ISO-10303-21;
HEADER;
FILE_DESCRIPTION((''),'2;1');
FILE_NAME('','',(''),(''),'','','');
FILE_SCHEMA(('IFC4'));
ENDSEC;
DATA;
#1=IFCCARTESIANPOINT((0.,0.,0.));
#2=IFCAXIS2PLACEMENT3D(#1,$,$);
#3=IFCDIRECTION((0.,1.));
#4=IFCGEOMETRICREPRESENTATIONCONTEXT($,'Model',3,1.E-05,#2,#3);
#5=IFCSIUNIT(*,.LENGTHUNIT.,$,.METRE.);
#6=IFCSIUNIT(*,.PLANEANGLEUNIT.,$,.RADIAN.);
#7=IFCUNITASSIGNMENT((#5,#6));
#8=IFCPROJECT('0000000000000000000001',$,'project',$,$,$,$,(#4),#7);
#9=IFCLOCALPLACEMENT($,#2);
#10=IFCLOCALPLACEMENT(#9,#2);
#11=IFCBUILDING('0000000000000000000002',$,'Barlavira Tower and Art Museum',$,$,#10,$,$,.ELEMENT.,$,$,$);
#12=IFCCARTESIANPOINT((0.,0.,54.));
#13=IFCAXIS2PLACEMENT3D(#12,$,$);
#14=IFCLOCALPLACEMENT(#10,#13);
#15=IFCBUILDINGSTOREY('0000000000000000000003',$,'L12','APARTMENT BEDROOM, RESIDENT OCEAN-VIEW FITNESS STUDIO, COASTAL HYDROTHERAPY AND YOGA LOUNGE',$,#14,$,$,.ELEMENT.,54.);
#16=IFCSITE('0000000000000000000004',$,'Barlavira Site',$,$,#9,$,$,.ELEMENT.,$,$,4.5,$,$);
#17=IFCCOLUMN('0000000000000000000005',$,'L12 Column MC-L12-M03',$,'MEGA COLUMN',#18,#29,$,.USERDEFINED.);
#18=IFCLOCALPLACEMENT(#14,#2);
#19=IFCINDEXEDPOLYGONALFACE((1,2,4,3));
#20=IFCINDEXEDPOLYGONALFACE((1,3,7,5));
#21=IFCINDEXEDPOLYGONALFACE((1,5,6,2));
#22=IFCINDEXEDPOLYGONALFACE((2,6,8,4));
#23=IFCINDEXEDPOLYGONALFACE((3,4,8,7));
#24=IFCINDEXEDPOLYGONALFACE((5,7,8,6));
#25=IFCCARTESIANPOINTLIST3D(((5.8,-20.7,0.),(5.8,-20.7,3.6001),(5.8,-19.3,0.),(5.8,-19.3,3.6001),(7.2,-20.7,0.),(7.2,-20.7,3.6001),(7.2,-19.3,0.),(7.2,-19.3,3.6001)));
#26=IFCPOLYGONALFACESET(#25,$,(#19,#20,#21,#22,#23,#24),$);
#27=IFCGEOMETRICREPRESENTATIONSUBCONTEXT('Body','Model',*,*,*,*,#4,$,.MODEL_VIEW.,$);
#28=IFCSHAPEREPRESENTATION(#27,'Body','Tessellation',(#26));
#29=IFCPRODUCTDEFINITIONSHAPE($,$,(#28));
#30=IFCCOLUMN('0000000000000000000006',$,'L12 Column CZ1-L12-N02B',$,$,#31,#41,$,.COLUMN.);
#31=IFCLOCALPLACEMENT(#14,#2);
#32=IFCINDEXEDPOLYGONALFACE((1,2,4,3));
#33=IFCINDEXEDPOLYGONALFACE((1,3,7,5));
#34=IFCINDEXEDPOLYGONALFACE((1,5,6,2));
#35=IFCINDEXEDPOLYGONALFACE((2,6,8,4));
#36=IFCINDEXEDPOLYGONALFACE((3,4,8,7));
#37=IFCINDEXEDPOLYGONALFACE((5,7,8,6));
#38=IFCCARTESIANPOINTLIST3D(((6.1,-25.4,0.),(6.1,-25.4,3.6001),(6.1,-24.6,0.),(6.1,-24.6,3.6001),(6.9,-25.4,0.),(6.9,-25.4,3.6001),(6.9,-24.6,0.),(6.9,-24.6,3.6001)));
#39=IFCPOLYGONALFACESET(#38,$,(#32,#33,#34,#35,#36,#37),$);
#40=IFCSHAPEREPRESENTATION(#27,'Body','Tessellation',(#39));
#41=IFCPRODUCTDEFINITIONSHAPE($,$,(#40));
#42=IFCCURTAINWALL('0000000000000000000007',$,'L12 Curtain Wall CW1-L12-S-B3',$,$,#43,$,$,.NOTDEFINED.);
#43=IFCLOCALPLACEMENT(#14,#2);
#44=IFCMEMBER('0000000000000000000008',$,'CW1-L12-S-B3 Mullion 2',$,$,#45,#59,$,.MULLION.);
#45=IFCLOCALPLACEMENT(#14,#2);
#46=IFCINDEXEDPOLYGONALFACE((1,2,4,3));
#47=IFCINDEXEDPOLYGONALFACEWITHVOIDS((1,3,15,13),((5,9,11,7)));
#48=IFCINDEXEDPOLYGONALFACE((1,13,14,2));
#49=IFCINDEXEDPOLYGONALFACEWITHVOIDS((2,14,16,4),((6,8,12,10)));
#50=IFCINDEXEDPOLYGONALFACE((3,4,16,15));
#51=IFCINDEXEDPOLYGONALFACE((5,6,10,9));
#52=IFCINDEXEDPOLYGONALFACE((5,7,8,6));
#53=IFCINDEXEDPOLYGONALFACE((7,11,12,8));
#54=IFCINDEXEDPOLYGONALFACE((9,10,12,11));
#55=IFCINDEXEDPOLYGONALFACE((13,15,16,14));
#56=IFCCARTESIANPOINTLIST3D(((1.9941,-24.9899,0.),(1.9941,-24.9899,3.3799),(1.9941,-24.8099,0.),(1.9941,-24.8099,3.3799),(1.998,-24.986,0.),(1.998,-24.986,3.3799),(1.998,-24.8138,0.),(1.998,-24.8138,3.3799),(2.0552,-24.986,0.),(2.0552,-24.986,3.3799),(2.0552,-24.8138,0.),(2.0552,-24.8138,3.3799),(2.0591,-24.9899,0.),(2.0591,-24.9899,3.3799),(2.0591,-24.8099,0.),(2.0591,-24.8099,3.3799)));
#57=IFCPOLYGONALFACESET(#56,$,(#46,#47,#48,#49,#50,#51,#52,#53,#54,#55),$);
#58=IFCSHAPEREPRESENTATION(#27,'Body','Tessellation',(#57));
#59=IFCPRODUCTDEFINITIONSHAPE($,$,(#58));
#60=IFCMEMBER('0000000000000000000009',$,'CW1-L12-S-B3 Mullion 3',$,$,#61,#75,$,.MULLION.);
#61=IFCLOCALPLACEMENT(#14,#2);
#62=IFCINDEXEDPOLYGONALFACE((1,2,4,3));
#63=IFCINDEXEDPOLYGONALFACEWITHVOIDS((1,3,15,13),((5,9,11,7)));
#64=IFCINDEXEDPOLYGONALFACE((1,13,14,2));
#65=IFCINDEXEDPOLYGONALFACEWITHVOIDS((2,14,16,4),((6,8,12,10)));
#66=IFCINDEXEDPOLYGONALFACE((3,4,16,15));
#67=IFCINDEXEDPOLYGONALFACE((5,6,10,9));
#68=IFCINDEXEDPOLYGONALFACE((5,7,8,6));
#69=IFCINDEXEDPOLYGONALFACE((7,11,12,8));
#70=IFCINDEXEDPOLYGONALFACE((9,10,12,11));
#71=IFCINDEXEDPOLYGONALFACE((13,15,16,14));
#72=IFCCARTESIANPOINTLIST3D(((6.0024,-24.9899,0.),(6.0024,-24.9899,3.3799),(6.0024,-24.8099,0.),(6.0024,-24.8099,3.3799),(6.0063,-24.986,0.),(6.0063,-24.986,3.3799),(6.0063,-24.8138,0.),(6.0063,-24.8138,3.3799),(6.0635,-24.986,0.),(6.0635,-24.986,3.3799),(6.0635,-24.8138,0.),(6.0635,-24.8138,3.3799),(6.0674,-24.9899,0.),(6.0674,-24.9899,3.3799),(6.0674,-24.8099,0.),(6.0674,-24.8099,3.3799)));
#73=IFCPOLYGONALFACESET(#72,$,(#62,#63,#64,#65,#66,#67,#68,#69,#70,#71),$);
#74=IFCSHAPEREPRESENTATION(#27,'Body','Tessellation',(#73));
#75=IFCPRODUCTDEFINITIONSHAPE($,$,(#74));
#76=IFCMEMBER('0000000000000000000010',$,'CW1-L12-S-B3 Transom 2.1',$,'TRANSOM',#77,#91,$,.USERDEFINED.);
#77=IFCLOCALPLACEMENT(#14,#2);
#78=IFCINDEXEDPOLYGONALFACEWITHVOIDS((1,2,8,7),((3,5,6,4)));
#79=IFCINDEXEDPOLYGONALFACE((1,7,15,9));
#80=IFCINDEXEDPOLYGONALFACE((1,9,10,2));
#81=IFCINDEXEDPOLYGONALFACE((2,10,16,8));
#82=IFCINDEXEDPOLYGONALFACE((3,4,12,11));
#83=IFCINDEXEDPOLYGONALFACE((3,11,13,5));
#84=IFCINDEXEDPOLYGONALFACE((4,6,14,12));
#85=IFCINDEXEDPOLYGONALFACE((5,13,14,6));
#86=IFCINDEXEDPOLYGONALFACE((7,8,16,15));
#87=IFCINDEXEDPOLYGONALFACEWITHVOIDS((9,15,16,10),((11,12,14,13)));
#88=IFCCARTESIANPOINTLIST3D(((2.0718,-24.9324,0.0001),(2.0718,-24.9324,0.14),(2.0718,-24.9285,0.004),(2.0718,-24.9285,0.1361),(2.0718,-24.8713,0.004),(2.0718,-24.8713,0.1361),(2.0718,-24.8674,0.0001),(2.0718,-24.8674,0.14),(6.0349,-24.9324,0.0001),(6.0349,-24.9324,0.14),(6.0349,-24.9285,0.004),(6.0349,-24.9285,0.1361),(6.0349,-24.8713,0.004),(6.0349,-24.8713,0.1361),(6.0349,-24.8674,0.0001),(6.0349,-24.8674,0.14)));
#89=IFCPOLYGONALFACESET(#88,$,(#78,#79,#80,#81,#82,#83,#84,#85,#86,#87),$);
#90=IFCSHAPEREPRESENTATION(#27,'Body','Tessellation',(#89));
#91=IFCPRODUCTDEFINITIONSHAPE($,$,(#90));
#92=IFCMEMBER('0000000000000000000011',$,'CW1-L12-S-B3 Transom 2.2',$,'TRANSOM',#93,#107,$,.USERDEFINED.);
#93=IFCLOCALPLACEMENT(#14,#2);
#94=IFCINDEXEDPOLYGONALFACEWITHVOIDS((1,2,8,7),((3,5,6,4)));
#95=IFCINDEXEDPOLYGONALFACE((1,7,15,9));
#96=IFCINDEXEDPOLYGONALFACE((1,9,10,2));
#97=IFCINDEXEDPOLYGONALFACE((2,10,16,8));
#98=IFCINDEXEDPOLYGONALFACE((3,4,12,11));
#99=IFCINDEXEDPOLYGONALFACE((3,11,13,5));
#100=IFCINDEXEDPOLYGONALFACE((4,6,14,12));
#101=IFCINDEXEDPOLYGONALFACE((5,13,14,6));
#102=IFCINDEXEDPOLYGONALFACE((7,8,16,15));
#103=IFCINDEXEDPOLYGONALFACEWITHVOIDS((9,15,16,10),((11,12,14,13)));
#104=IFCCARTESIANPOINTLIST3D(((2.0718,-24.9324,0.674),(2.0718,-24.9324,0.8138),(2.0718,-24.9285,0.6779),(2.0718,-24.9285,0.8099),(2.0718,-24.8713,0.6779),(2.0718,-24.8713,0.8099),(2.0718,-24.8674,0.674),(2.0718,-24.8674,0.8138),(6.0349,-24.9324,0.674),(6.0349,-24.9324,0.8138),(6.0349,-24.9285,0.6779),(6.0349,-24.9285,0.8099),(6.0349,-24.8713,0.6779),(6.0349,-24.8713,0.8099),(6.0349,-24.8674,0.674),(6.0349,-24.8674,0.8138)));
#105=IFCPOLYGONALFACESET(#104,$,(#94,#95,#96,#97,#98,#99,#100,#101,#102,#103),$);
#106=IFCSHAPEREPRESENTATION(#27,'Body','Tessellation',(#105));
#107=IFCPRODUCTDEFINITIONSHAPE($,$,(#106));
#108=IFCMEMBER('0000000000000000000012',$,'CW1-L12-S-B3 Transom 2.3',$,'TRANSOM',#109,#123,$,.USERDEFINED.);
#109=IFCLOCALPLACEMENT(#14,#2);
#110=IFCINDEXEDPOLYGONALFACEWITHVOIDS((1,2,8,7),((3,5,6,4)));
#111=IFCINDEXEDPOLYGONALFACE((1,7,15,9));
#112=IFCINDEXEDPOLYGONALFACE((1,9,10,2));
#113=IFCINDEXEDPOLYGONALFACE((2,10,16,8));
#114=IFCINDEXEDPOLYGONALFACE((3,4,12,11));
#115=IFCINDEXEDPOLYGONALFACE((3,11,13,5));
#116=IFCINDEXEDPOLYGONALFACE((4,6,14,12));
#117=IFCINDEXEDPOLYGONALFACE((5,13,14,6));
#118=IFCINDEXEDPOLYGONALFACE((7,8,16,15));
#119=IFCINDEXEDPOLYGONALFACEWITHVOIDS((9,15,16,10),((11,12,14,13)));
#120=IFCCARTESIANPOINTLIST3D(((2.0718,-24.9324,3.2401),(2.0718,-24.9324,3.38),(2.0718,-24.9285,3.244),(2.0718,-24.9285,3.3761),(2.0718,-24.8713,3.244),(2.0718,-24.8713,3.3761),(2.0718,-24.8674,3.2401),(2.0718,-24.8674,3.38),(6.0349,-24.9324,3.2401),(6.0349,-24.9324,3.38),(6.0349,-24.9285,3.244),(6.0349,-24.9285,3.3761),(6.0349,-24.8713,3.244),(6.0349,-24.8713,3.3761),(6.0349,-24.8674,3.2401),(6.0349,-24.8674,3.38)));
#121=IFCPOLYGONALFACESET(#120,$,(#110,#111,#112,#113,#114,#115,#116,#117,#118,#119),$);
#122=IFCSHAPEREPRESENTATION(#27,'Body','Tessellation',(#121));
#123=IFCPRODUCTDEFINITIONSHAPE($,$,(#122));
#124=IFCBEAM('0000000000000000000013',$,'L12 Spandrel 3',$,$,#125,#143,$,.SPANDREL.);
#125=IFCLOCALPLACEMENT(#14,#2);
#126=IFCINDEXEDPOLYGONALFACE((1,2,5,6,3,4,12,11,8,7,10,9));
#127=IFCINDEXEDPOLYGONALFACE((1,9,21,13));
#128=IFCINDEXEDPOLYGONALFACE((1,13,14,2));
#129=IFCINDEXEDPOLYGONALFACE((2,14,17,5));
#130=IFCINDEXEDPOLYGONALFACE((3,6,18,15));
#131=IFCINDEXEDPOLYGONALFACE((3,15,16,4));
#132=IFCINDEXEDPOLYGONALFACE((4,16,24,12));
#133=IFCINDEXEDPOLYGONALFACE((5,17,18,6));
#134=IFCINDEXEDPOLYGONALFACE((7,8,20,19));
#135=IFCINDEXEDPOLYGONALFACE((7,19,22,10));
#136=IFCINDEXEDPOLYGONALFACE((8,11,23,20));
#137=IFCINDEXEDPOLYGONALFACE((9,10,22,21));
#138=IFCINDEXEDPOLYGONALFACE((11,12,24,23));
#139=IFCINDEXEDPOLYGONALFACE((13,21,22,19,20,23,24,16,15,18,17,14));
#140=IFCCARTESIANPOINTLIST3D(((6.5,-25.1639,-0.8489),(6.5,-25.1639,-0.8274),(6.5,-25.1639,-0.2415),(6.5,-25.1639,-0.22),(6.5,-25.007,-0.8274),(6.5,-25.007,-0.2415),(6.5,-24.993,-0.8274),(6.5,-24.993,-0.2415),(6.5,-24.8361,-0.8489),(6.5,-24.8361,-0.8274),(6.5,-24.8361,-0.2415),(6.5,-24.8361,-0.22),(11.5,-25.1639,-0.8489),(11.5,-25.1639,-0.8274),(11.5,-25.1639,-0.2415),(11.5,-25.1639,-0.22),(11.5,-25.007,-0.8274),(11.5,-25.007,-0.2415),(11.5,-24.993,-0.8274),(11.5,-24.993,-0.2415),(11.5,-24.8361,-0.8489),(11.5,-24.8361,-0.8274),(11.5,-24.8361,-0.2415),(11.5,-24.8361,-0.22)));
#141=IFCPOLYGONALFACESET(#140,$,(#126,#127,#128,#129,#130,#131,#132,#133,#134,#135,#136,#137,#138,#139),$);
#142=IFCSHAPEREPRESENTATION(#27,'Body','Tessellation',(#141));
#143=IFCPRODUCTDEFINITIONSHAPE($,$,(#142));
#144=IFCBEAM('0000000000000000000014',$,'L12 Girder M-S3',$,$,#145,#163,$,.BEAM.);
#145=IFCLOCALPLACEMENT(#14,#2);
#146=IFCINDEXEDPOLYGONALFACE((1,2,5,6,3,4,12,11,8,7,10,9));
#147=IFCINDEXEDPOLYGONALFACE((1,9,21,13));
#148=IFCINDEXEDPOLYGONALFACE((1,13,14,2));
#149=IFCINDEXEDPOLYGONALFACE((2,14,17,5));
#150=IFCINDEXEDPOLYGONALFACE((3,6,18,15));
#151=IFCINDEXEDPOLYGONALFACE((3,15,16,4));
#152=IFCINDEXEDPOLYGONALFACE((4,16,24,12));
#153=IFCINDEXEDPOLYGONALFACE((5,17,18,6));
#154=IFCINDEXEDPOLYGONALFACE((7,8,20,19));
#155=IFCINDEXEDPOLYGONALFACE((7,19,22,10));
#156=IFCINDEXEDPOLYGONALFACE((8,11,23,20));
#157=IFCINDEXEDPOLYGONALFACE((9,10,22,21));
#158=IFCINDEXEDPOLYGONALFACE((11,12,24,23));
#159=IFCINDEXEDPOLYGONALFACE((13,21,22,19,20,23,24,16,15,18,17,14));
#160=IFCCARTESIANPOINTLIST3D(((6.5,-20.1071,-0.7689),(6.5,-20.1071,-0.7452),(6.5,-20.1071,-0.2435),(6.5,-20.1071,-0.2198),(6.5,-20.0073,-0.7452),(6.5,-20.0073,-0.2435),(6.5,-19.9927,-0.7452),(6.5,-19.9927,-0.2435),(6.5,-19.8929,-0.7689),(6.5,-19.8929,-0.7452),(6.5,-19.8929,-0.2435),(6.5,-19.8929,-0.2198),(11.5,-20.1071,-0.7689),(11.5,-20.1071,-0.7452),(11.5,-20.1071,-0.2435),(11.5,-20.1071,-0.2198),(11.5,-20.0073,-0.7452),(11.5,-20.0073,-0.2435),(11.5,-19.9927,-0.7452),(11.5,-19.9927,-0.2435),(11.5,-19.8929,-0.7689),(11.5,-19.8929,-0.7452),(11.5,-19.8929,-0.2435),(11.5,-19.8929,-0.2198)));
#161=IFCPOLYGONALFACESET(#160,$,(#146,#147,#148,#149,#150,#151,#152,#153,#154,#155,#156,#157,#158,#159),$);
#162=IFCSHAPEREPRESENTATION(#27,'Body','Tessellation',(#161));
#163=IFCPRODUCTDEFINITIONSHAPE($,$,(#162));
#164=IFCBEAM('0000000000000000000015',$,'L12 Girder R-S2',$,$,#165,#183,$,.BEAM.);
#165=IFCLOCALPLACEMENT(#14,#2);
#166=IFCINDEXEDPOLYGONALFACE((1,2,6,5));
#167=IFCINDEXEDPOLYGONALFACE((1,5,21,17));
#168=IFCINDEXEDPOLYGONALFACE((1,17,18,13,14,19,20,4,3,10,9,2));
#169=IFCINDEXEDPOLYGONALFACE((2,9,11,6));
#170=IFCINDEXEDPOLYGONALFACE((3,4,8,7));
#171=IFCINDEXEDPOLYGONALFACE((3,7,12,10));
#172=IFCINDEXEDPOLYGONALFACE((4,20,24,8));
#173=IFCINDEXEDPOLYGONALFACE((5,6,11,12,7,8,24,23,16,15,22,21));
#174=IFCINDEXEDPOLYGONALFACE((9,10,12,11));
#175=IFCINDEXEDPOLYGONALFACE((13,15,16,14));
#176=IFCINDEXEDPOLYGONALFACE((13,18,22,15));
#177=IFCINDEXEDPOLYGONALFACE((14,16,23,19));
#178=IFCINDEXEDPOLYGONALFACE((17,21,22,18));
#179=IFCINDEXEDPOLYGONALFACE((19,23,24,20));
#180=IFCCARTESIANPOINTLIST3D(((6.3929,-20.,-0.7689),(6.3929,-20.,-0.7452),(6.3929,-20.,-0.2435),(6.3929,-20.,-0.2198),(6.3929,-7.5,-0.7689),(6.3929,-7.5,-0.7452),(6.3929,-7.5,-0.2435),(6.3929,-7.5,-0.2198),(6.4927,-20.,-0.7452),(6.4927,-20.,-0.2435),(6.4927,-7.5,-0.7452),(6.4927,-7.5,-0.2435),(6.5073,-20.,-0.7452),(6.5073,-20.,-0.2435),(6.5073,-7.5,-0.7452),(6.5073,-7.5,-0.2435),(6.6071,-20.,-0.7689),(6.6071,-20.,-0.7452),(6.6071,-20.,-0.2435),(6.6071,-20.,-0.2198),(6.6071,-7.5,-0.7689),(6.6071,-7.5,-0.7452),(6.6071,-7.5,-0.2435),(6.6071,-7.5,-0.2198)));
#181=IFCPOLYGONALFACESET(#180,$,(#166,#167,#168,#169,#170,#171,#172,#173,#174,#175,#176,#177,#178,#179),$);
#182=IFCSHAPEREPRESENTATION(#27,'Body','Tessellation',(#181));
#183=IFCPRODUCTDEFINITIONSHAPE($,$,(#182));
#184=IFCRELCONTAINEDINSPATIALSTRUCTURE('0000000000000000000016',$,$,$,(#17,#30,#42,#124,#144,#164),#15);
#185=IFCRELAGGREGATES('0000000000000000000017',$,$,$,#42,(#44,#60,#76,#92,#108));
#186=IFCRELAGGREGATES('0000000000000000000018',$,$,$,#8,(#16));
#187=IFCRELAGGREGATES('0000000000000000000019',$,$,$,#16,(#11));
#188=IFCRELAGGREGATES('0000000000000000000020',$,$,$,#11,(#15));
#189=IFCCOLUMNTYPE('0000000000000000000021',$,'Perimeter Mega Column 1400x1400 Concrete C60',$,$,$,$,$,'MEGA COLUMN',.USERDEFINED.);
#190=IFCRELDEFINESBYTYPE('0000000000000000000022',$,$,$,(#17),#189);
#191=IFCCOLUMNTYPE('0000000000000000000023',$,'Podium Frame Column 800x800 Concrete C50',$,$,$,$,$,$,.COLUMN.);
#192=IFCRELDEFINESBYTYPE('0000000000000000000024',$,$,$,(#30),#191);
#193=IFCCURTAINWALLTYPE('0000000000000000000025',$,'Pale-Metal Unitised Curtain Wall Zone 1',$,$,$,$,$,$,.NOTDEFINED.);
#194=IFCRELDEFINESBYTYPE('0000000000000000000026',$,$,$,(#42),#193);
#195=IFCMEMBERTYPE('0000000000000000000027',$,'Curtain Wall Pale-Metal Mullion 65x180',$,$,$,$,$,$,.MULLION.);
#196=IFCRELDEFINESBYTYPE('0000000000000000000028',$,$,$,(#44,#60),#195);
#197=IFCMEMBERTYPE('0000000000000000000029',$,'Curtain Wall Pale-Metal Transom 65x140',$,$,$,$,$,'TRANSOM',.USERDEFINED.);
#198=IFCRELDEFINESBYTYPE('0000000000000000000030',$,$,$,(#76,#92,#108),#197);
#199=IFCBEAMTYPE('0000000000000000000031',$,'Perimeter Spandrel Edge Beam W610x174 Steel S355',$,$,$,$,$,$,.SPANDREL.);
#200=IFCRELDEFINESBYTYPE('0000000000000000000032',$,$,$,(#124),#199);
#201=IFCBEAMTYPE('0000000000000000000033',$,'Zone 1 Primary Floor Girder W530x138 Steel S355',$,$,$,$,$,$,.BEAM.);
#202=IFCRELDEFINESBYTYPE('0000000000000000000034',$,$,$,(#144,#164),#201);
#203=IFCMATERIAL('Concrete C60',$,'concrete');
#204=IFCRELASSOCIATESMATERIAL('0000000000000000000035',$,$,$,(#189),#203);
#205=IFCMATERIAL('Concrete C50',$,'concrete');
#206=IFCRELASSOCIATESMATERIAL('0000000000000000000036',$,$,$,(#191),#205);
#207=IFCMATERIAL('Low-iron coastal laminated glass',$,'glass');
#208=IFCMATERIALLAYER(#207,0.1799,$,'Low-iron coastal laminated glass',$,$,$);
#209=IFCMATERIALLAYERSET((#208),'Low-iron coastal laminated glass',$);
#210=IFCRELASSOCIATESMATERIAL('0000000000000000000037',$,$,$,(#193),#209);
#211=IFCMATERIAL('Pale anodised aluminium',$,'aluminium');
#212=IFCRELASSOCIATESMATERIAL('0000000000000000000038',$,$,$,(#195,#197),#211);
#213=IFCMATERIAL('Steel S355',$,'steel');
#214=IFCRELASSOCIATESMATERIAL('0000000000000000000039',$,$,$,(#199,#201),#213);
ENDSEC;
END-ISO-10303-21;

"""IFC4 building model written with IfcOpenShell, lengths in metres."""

from ifc_helpers import new_model, si_unit, direction, frame, origin, origin_2d, place, context, subcontext, project, spatial, rectangle, hollow_rectangle, i_section, extrude, material, layer, layer_set, material_profile, profile_set, type_object, element, aggregate, save


model = new_model("IFC4")

# Units and contexts
model_context = context("Model", 3, precision=1e-05, world=origin(), true_north=direction((0.0, 1.0)))
body_context = subcontext(model_context, "Body", "Model", "MODEL_VIEW")
ifc_project = project(units=[si_unit("LENGTHUNIT", "METRE"), si_unit("PLANEANGLEUNIT", "RADIAN")], contexts=[model_context])

# Site, building, storey
site_placement = place(None, origin())
site = spatial("IfcSite", under=ifc_project, at=site_placement, Name="Barlavira Site", CompositionType="ELEMENT", RefElevation=4.5)
building_placement = place(site_placement, origin())
building = spatial("IfcBuilding", under=site, at=building_placement, Name="Barlavira Tower and Art Museum", CompositionType="ELEMENT")
storey_placement = place(building_placement, frame((0.0, 0.0, 54.0)))
storey = spatial("IfcBuildingStorey", under=building, at=storey_placement, Name="L12", Description="APARTMENT BEDROOM, RESIDENT OCEAN-VIEW FITNESS STUDIO, COASTAL HYDROTHERAPY AND YOGA LOUNGE", CompositionType="ELEMENT", Elevation=54.0)

# Columns
ifc_material_1 = material(Name="Concrete C60", Category="concrete")
ifc_material_profile_1 = material_profile(ifc_material_1, rectangle(XDim=1.3999, YDim=1.3999, at=origin_2d()), Name="RC-MCOL 1400x1400")
ifc_profile_set_1 = profile_set([ifc_material_profile_1], Name="Concrete C60")
column_type_1 = type_object("IfcColumnType", Name="Perimeter Mega Column 1400x1400 Concrete C60", ElementType="MEGA COLUMN", PredefinedType="USERDEFINED", material=ifc_profile_set_1)
column_1_placement = place(storey_placement, frame((6.5, -20.0, 0.0), z_axis=(0.0, 0.0, 1.0), x_axis=(1.0, 0.0, 0.0)))
element("IfcColumn", 1, at=column_1_placement, inside=storey, type_object=column_type_1, Name="L12 Column MC-L12-M03", ObjectType="MEGA COLUMN", PredefinedType="USERDEFINED", context=body_context, shape_type="SweptSolid", body=[
    extrude(rectangle(XDim=1.3999, YDim=1.3999, at=origin_2d()), origin(), (0.0, 0.0, 1.0), 3.6001),
])
ifc_material_2 = material(Name="Concrete C50", Category="concrete")
ifc_material_profile_2 = material_profile(ifc_material_2, rectangle(XDim=0.8, YDim=0.8, at=origin_2d()), Name="RC-COL 800x800")
ifc_profile_set_2 = profile_set([ifc_material_profile_2], Name="Concrete C50")
column_type_2 = type_object("IfcColumnType", Name="Podium Frame Column 800x800 Concrete C50", PredefinedType="COLUMN", material=ifc_profile_set_2)
column_2_placement = place(storey_placement, frame((6.5, -25.0, 0.0), z_axis=(0.0, 0.0, 1.0), x_axis=(1.0, 0.0, 0.0)))
element("IfcColumn", 2, at=column_2_placement, inside=storey, type_object=column_type_2, Name="L12 Column CZ1-L12-N02B", PredefinedType="COLUMN", context=body_context, shape_type="SweptSolid", body=[
    extrude(rectangle(XDim=0.8, YDim=0.8, at=origin_2d()), origin(), (0.0, 0.0, 1.0), 3.6001),
])

# Curtain wall, members
ifc_material_3 = material(Name="Low-iron coastal laminated glass", Category="glass")
ifc_layer_1 = layer(ifc_material_3, 0.1799, Name="Low-iron coastal laminated glass")
ifc_layer_set_1 = layer_set([ifc_layer_1], Name="Low-iron coastal laminated glass")
curtain_wall_type = type_object("IfcCurtainWallType", Name="Pale-Metal Unitised Curtain Wall Zone 1", PredefinedType="NOTDEFINED", material=ifc_layer_set_1)
curtain_wall_placement = place(storey_placement, origin())
curtain_wall = element("IfcCurtainWall", 3, at=curtain_wall_placement, inside=storey, type_object=curtain_wall_type, Name="L12 Curtain Wall CW1-L12-S-B3", PredefinedType="NOTDEFINED")
ifc_material_4 = material(Name="Pale anodised aluminium", Category="aluminium")
ifc_material_profile_3 = material_profile(ifc_material_4, hollow_rectangle(XDim=0.0649, YDim=0.1799, WallThickness=0.0039, at=origin_2d()), Name="ALU-MULL 65x180x4")
ifc_profile_set_3 = profile_set([ifc_material_profile_3], Name="Pale anodised aluminium")
member_type_1 = type_object("IfcMemberType", Name="Curtain Wall Pale-Metal Mullion 65x180", PredefinedType="MULLION", material=ifc_profile_set_3)
member_1_placement = place(storey_placement, frame((2.0266, -24.8999, 0.0), z_axis=(0.0, 0.0, 1.0), x_axis=(1.0, 0.0, 0.0)))
member_1 = element("IfcMember", 4, at=member_1_placement, type_object=member_type_1, Name="CW1-L12-S-B3 Mullion 2", PredefinedType="MULLION", context=body_context, shape_type="SweptSolid", body=[
    extrude(hollow_rectangle(XDim=0.0649, YDim=0.1799, WallThickness=0.0039, at=origin_2d()), origin(), (0.0, 0.0, 1.0), 3.3799),
])
member_2_placement = place(storey_placement, frame((6.0349, -24.8999, 0.0), z_axis=(0.0, 0.0, 1.0), x_axis=(1.0, 0.0, 0.0)))
member_2 = element("IfcMember", 5, at=member_2_placement, type_object=member_type_1, Name="CW1-L12-S-B3 Mullion 3", PredefinedType="MULLION", context=body_context, shape_type="SweptSolid", body=[
    extrude(hollow_rectangle(XDim=0.0649, YDim=0.1799, WallThickness=0.0039, at=origin_2d()), origin(), (0.0, 0.0, 1.0), 3.3799),
])
ifc_material_profile_4 = material_profile(ifc_material_4, hollow_rectangle(XDim=0.0649, YDim=0.1399, WallThickness=0.0039, at=origin_2d()), Name="ALU-TRAN 65x140x4")
ifc_profile_set_4 = profile_set([ifc_material_profile_4], Name="Pale anodised aluminium")
member_type_2 = type_object("IfcMemberType", Name="Curtain Wall Pale-Metal Transom 65x140", ElementType="TRANSOM", PredefinedType="USERDEFINED", material=ifc_profile_set_4)
member_3_placement = place(storey_placement, frame((2.0718, -24.8999, 0.0701), z_axis=(1.0, 0.0, 0.0), x_axis=(0.0, 1.0, 0.0)))
member_3 = element("IfcMember", 6, at=member_3_placement, type_object=member_type_2, Name="CW1-L12-S-B3 Transom 2.1", ObjectType="TRANSOM", PredefinedType="USERDEFINED", context=body_context, shape_type="SweptSolid", body=[
    extrude(hollow_rectangle(XDim=0.0649, YDim=0.1399, WallThickness=0.0039, at=origin_2d()), origin(), (0.0, 0.0, 1.0), 3.9631),
])
member_4_placement = place(storey_placement, frame((2.0718, -24.8999, 0.7439), z_axis=(1.0, 0.0, 0.0), x_axis=(0.0, 1.0, 0.0)))
member_4 = element("IfcMember", 7, at=member_4_placement, type_object=member_type_2, Name="CW1-L12-S-B3 Transom 2.2", ObjectType="TRANSOM", PredefinedType="USERDEFINED", context=body_context, shape_type="SweptSolid", body=[
    extrude(hollow_rectangle(XDim=0.0649, YDim=0.1399, WallThickness=0.0039, at=origin_2d()), origin(), (0.0, 0.0, 1.0), 3.9631),
])
member_5_placement = place(storey_placement, frame((2.0718, -24.8999, 3.3101), z_axis=(1.0, 0.0, 0.0), x_axis=(0.0, 1.0, 0.0)))
member_5 = element("IfcMember", 8, at=member_5_placement, type_object=member_type_2, Name="CW1-L12-S-B3 Transom 2.3", ObjectType="TRANSOM", PredefinedType="USERDEFINED", context=body_context, shape_type="SweptSolid", body=[
    extrude(hollow_rectangle(XDim=0.0649, YDim=0.1399, WallThickness=0.0039, at=origin_2d()), origin(), (0.0, 0.0, 1.0), 3.9631),
])

# Beams
ifc_material_5 = material(Name="Steel S355", Category="steel")
ifc_material_profile_5 = material_profile(ifc_material_5, i_section(OverallWidth=0.3279, OverallDepth=0.6289, WebThickness=0.0139, FlangeThickness=0.0215, at=origin_2d()), Name="W610x174.0")
ifc_profile_set_5 = profile_set([ifc_material_profile_5], Name="Steel S355")
beam_type_1 = type_object("IfcBeamType", Name="Perimeter Spandrel Edge Beam W610x174 Steel S355", PredefinedType="SPANDREL", material=ifc_profile_set_5)
beam_1_placement = place(storey_placement, frame((6.5, -25.0, -0.5344), z_axis=(1.0, 0.0, 0.0), x_axis=(0.0, 1.0, 0.0)))
element("IfcBeam", 9, at=beam_1_placement, inside=storey, type_object=beam_type_1, Name="L12 Spandrel 3", PredefinedType="SPANDREL", context=body_context, shape_type="SweptSolid", body=[
    extrude(i_section(OverallWidth=0.3279, OverallDepth=0.6289, WebThickness=0.0139, FlangeThickness=0.0215, at=origin_2d()), origin(), (0.0, 0.0, 1.0), 5.0),
])
ifc_material_profile_6 = material_profile(ifc_material_5, i_section(OverallWidth=0.2141, OverallDepth=0.5491, WebThickness=0.0146, FlangeThickness=0.0237, at=origin_2d()), Name="W530x138.0")
ifc_profile_set_6 = profile_set([ifc_material_profile_6], Name="Steel S355")
beam_type_2 = type_object("IfcBeamType", Name="Zone 1 Primary Floor Girder W530x138 Steel S355", PredefinedType="BEAM", material=ifc_profile_set_6)
beam_2_placement = place(storey_placement, frame((6.5, -20.0, -0.4944), z_axis=(1.0, 0.0, 0.0), x_axis=(0.0, 1.0, 0.0)))
element("IfcBeam", 10, at=beam_2_placement, inside=storey, type_object=beam_type_2, Name="L12 Girder M-S3", PredefinedType="BEAM", context=body_context, shape_type="SweptSolid", body=[
    extrude(i_section(OverallWidth=0.2141, OverallDepth=0.5491, WebThickness=0.0146, FlangeThickness=0.0237, at=origin_2d()), origin(), (0.0, 0.0, 1.0), 5.0),
])
beam_3_placement = place(storey_placement, frame((6.5, -20.0, -0.4944), z_axis=(0.0, 1.0, 0.0), x_axis=(-1.0, 0.0, 0.0)))
element("IfcBeam", 11, at=beam_3_placement, inside=storey, type_object=beam_type_2, Name="L12 Girder R-S2", PredefinedType="BEAM", context=body_context, shape_type="SweptSolid", body=[
    extrude(i_section(OverallWidth=0.2141, OverallDepth=0.5491, WebThickness=0.0146, FlangeThickness=0.0237, at=origin_2d()), origin(), (0.0, 0.0, 1.0), 12.5),
])

aggregate(curtain_wall, [member_1, member_2, member_3, member_4, member_5])

save(model, "model.ifc")
